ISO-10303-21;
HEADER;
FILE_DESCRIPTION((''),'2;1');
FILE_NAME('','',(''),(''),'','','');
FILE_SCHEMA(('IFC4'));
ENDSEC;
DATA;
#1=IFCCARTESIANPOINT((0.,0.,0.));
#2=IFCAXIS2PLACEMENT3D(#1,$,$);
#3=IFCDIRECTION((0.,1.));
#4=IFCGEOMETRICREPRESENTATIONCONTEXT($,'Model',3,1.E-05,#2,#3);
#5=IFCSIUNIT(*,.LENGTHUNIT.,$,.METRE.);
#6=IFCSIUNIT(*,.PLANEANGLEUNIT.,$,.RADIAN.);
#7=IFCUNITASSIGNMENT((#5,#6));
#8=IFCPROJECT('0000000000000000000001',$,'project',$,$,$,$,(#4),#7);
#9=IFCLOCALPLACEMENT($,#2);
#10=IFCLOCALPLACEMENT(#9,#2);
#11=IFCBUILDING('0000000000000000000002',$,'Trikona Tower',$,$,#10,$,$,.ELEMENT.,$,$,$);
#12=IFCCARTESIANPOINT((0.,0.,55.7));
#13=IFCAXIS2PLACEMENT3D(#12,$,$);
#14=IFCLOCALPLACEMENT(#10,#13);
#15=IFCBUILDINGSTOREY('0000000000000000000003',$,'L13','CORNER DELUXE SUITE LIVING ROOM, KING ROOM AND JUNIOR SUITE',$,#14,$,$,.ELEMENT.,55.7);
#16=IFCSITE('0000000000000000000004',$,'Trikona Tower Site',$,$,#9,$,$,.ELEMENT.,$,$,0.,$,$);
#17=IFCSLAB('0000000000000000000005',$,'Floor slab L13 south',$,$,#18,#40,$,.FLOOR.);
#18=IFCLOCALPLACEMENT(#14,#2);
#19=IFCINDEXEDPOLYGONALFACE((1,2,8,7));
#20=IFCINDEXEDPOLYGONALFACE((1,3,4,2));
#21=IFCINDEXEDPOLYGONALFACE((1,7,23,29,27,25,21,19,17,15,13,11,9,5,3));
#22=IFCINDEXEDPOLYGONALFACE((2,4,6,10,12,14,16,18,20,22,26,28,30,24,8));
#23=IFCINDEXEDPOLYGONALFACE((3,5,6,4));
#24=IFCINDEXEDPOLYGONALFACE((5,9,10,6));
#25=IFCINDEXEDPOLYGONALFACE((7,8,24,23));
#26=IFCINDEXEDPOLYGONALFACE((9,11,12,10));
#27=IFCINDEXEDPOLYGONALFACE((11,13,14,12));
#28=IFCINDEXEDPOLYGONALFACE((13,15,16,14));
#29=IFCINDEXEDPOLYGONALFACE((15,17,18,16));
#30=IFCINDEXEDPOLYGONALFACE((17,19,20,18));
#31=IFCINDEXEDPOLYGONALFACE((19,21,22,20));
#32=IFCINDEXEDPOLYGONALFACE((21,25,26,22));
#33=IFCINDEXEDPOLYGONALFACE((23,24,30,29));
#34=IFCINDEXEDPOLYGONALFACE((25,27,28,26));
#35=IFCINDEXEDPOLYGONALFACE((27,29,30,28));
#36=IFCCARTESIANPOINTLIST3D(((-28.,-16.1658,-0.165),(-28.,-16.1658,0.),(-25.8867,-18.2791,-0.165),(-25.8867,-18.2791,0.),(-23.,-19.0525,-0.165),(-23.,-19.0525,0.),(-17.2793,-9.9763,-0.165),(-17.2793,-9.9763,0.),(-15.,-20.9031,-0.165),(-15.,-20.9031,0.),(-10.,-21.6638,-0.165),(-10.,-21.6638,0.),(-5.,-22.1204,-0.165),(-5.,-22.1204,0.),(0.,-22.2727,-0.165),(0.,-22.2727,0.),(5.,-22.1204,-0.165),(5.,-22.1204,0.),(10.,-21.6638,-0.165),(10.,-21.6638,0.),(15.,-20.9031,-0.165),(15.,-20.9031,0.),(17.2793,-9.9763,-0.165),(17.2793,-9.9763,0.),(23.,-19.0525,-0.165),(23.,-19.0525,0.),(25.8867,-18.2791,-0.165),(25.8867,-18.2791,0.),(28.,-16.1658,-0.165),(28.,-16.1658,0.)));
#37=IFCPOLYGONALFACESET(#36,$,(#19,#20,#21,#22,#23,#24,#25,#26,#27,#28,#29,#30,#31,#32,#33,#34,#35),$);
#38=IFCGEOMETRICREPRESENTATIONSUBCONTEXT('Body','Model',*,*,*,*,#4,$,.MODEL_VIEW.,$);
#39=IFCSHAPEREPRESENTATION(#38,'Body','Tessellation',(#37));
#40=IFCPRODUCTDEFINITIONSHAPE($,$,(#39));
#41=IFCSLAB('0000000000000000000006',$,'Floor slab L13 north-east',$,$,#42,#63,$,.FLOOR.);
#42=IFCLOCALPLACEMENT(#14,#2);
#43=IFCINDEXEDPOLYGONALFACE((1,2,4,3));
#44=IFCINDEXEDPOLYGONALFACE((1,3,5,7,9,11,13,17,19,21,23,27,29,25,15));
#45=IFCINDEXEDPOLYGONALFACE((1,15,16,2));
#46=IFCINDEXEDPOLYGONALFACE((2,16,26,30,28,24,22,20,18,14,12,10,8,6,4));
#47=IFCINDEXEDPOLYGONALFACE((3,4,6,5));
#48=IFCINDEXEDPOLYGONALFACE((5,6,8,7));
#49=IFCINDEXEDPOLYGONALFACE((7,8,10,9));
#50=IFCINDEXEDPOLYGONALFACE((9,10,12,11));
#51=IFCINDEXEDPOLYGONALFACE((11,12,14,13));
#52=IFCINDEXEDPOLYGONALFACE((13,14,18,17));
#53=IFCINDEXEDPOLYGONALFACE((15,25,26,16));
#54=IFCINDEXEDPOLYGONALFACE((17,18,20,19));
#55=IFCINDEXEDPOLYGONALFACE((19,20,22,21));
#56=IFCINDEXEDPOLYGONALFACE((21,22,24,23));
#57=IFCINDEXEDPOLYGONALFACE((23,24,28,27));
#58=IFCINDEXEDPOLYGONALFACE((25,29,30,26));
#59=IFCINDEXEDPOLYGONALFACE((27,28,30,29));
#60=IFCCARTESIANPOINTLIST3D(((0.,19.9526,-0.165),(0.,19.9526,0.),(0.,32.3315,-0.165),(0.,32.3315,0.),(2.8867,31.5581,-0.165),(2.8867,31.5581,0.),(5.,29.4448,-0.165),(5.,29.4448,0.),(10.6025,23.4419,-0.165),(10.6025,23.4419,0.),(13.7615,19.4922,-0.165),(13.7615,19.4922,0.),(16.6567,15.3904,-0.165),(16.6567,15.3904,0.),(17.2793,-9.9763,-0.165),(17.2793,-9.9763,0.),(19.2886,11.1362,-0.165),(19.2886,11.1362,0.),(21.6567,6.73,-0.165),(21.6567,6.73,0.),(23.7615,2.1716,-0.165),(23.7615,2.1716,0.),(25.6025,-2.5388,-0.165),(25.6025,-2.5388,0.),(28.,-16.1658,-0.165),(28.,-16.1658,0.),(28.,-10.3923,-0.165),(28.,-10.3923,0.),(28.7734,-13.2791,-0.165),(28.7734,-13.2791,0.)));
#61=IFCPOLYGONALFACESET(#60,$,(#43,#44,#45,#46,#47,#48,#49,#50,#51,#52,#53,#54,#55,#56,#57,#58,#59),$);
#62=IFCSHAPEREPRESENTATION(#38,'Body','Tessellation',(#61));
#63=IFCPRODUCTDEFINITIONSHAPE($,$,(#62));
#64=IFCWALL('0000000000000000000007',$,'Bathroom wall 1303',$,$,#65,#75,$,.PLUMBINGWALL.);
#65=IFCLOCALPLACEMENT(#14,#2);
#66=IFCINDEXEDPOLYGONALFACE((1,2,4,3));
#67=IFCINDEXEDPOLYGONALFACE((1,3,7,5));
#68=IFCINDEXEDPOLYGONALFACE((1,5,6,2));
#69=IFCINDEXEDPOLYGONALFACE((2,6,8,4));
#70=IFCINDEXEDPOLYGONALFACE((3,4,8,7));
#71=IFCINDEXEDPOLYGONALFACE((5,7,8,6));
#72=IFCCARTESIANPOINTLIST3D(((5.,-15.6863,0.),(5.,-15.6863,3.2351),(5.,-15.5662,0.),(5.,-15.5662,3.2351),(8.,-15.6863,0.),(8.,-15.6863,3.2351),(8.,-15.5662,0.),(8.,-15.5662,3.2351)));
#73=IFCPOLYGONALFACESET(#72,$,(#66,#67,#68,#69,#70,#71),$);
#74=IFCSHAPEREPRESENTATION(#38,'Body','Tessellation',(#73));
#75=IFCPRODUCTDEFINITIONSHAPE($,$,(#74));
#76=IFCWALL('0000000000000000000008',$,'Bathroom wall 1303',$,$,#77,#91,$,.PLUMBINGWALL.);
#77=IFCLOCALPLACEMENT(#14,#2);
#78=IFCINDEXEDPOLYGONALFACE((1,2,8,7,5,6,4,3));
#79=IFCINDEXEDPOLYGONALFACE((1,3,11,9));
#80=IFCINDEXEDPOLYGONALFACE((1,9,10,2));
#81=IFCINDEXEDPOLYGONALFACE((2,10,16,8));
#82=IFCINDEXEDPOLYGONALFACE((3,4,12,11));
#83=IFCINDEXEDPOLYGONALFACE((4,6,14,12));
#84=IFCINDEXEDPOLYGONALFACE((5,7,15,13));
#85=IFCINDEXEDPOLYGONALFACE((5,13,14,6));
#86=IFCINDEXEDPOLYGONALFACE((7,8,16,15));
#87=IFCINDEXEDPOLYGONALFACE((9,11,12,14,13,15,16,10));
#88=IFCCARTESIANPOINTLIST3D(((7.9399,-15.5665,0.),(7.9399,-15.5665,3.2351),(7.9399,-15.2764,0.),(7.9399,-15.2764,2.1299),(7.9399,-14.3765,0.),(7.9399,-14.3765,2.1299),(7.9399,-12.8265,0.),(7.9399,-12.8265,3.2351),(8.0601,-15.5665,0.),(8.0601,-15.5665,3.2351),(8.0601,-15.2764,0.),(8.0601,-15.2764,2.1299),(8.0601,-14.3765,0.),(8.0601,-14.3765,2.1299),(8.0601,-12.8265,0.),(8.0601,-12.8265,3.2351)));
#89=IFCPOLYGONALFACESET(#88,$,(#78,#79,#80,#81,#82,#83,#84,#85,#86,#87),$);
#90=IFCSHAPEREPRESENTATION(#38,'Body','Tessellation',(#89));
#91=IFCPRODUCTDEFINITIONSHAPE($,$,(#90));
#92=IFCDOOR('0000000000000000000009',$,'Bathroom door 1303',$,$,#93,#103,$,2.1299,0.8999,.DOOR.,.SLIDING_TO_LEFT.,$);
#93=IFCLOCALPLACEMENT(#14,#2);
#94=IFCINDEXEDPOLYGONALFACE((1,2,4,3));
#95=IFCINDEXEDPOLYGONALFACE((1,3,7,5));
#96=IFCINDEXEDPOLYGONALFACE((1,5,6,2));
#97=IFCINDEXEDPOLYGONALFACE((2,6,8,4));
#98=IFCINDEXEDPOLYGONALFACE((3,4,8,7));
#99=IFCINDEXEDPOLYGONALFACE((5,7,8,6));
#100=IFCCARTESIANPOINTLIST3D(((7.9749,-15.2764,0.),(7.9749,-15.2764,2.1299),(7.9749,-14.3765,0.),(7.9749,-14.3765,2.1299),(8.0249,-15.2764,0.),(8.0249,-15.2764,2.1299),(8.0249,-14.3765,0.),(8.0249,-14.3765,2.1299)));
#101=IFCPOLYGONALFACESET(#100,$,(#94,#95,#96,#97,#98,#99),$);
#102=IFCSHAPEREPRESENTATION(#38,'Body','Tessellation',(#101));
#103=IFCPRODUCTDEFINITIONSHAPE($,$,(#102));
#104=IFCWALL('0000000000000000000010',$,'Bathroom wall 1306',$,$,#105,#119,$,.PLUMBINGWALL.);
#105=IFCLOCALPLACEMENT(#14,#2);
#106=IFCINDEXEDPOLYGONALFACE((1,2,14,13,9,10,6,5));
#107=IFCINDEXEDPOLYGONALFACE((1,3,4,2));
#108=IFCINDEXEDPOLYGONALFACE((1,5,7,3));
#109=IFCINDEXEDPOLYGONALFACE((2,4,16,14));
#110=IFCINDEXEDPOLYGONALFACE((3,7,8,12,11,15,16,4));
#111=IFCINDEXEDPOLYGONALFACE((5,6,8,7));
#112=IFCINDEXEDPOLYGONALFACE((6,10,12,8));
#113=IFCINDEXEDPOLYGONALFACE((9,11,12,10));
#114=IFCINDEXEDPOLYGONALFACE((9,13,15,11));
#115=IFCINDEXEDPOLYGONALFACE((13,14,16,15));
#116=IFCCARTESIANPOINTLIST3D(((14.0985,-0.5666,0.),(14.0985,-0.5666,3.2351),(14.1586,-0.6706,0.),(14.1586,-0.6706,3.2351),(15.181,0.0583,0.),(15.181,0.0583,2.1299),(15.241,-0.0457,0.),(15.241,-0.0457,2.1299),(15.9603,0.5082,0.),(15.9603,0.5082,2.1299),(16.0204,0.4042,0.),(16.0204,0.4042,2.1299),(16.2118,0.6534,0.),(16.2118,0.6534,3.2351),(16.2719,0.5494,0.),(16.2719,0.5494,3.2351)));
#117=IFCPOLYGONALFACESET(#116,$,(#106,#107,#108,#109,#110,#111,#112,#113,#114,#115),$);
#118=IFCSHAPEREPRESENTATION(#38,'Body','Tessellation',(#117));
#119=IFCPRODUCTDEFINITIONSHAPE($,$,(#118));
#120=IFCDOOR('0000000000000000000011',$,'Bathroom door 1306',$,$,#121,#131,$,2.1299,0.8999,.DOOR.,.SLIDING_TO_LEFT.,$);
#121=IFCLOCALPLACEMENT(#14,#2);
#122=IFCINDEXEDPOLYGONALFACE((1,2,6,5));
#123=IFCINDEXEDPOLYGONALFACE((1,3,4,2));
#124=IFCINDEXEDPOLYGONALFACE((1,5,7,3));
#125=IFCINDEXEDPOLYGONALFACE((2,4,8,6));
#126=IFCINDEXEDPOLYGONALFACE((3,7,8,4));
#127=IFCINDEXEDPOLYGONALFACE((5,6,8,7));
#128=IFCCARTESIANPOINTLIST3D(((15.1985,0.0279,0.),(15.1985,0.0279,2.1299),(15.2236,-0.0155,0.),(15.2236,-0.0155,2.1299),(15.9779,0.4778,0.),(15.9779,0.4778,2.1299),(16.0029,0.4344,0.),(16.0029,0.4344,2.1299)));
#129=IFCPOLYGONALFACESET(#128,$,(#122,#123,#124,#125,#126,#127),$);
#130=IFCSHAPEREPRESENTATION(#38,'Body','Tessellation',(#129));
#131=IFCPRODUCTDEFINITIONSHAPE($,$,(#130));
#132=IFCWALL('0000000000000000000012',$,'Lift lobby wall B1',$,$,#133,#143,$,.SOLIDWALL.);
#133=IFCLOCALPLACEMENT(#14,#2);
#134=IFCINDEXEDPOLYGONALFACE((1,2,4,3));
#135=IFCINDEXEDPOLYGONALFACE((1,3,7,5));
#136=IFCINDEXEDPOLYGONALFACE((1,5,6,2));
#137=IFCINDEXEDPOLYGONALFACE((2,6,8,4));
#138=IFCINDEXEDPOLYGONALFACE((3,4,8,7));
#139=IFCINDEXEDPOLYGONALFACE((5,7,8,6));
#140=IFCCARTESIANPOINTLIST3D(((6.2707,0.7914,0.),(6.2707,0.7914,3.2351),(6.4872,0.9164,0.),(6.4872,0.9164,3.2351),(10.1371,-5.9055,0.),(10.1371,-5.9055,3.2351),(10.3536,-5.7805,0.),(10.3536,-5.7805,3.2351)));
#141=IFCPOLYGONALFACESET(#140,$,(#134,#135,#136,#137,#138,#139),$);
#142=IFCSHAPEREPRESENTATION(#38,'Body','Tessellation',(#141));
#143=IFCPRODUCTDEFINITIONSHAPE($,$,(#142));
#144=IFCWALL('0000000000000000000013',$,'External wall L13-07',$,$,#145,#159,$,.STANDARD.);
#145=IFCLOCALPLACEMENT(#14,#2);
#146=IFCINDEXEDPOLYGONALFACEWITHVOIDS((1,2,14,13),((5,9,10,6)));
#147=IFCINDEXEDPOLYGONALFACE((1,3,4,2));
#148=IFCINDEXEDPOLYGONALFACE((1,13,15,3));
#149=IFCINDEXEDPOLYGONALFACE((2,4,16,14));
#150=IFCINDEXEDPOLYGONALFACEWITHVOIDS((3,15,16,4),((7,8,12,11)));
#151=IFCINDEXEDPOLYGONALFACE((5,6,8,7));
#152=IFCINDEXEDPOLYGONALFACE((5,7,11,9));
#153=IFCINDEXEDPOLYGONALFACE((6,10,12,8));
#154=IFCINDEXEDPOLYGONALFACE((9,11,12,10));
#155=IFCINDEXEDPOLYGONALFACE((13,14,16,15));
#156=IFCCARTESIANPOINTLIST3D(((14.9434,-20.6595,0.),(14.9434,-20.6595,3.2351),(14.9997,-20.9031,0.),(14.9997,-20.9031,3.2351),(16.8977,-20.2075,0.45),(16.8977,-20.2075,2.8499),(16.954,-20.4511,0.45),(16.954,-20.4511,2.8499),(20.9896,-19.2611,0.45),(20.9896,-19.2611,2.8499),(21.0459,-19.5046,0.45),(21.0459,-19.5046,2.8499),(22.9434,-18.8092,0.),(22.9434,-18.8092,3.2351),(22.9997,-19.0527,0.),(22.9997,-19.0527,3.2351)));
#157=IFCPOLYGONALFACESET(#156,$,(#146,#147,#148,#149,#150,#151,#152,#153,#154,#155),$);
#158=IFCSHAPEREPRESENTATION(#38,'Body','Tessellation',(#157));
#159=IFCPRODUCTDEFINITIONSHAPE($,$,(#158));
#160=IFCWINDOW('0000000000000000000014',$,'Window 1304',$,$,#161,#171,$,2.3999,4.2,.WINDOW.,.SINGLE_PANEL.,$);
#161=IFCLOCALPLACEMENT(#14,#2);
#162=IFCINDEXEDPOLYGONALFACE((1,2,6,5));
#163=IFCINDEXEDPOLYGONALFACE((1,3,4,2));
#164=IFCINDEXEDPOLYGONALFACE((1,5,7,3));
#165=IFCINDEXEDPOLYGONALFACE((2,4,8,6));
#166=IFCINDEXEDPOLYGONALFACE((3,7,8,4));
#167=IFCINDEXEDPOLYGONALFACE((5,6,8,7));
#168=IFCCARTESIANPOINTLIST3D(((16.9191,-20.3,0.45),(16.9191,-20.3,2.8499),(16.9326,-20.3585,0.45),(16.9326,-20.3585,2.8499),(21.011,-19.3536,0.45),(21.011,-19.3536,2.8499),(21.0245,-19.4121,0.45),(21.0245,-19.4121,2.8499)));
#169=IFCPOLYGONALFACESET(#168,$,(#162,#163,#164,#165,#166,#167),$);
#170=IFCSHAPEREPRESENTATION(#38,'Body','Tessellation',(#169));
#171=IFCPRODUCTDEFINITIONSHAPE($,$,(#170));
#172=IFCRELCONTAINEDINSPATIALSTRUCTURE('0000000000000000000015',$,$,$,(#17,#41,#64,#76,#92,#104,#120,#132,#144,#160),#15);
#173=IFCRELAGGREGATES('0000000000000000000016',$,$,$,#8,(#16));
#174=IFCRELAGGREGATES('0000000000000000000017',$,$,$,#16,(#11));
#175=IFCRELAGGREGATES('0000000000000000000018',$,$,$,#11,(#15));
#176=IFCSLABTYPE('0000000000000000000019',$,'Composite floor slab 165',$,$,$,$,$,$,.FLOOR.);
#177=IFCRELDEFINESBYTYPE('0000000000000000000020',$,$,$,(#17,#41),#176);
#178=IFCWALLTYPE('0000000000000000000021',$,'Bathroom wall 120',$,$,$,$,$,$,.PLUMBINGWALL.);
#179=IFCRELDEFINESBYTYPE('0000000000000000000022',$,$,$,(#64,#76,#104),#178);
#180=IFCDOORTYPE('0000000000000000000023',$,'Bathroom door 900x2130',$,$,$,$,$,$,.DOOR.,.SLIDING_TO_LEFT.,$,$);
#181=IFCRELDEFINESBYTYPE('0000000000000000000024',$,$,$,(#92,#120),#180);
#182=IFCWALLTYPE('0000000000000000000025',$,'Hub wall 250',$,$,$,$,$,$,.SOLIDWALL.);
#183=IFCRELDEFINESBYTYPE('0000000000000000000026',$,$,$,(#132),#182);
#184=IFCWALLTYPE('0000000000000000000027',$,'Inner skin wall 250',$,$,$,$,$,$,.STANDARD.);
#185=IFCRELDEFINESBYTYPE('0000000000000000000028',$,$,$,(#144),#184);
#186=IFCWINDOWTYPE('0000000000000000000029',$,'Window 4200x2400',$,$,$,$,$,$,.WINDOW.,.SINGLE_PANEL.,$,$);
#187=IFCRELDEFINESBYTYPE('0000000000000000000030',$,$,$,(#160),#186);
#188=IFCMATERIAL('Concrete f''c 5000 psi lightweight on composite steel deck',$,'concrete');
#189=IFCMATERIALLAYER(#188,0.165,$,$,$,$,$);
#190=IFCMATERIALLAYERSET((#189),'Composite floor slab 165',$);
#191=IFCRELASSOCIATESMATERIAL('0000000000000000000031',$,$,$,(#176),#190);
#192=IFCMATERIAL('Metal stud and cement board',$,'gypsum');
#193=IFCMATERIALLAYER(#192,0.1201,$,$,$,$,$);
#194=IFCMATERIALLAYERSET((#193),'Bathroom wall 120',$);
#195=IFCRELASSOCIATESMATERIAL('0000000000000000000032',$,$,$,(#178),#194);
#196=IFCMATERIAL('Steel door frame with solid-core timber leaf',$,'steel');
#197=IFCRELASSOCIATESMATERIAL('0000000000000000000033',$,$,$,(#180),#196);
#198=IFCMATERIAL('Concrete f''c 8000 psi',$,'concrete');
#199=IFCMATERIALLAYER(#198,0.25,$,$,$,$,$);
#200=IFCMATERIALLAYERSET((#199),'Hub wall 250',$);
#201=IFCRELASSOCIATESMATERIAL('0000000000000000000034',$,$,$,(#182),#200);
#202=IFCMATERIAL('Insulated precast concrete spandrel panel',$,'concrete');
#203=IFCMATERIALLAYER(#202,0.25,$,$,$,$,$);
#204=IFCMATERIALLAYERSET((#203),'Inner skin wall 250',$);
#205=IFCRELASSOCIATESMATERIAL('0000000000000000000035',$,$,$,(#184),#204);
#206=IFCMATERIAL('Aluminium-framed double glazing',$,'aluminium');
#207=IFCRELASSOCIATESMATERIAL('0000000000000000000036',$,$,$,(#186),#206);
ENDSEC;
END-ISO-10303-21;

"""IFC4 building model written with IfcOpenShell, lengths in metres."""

from ifc_helpers import new_model, si_unit, direction, frame, frame_2d, origin, place, context, subcontext, project, spatial, polyline, rectangle, outline, extrude, material, layer, layer_set, type_object, element, fill, save


model = new_model("IFC4")

# Units and contexts
model_context = context("Model", 3, precision=1e-05, world=origin(), true_north=direction((0.0, 1.0)))
body_context = subcontext(model_context, "Body", "Model", "MODEL_VIEW")
ifc_project = project(units=[si_unit("LENGTHUNIT", "METRE"), si_unit("PLANEANGLEUNIT", "RADIAN")], contexts=[model_context])

# Site, building, storey
site_placement = place(None, origin())
site = spatial("IfcSite", under=ifc_project, at=site_placement, Name="Trikona Tower Site", CompositionType="ELEMENT", RefElevation=0.0)
building_placement = place(site_placement, origin())
building = spatial("IfcBuilding", under=site, at=building_placement, Name="Trikona Tower", CompositionType="ELEMENT")
storey_placement = place(building_placement, frame((0.0, 0.0, 55.7)))
storey = spatial("IfcBuildingStorey", under=building, at=storey_placement, Name="L13", Description="CORNER DELUXE SUITE LIVING ROOM, KING ROOM AND JUNIOR SUITE", CompositionType="ELEMENT", Elevation=55.7)

# Slabs
ifc_material_1 = material(Name="Concrete f'c 5000 psi lightweight on composite steel deck", Category="concrete")
ifc_layer_1 = layer(ifc_material_1, 0.165)
ifc_layer_set_1 = layer_set([ifc_layer_1], Name="Composite floor slab 165")
slab_type = type_object("IfcSlabType", Name="Composite floor slab 165", PredefinedType="FLOOR", material=ifc_layer_set_1)
slab_1_placement = place(storey_placement, frame((0.0, 0.0, -0.165)))
element("IfcSlab", 1, at=slab_1_placement, inside=storey, type_object=slab_type, Name="Floor slab L13 south", PredefinedType="FLOOR", context=body_context, shape_type="SweptSolid", body=[
    extrude(outline(polyline([(25.8867, -18.2791), (28.0, -16.1658), (17.2793, -9.9763), (-17.2793, -9.9763), (-28.0, -16.1658), (-25.8867, -18.2791), (-23.0, -19.0525), (-15.0, -20.9031), (-10.0, -21.6638), (-5.0, -22.1204), (0.0, -22.2727), (5.0, -22.1204), (10.0, -21.6638), (15.0, -20.9031), (23.0, -19.0525), (25.8867, -18.2791)])), origin(), (0.0, 0.0, 1.0), 0.165),
])
slab_2_placement = place(storey_placement, frame((0.0, 0.0, -0.165)))
element("IfcSlab", 2, at=slab_2_placement, inside=storey, type_object=slab_type, Name="Floor slab L13 north-east", PredefinedType="FLOOR", context=body_context, shape_type="SweptSolid", body=[
    extrude(outline(polyline([(2.8867, 31.5581), (0.0, 32.3315), (0.0, 19.9526), (17.2793, -9.9763), (28.0, -16.1658), (28.7734, -13.2791), (28.0, -10.3923), (25.6025, -2.5388), (23.7615, 2.1716), (21.6567, 6.73), (19.2886, 11.1362), (16.6567, 15.3904), (13.7615, 19.4922), (10.6025, 23.4419), (5.0, 29.4448), (2.8867, 31.5581)])), origin(), (0.0, 0.0, 1.0), 0.165),
])

# Wall
ifc_material_2 = material(Name="Metal stud and cement board", Category="gypsum")
ifc_layer_2 = layer(ifc_material_2, 0.1201)
ifc_layer_set_2 = layer_set([ifc_layer_2], Name="Bathroom wall 120")
wall_type_1 = type_object("IfcWallType", Name="Bathroom wall 120", PredefinedType="PLUMBINGWALL", material=ifc_layer_set_2)
wall_1_placement = place(storey_placement, frame((5.0, -15.6262, 0.0), z_axis=(0.0, 0.0, 1.0), x_axis=(1.0, 0.0, 0.0)))
element("IfcWall", 3, at=wall_1_placement, inside=storey, type_object=wall_type_1, Name="Bathroom wall 1303", PredefinedType="PLUMBINGWALL", context=body_context, shape_type="SweptSolid", body=[
    extrude(rectangle(XDim=3.0, YDim=0.1201, at=frame_2d((1.5, 0.0))), origin(), (0.0, 0.0, 1.0), 3.2351),
])

# Walls, openings, doors
wall_2_placement = place(storey_placement, frame((8.0, -12.8264, 0.0), z_axis=(0.0, 0.0, 1.0), x_axis=(0.0, -1.0, 0.0)))
wall_2 = element("IfcWall", 4, at=wall_2_placement, inside=storey, type_object=wall_type_1, Name="Bathroom wall 1303", PredefinedType="PLUMBINGWALL", context=body_context, shape_type="SweptSolid", body=[
    extrude(rectangle(XDim=2.74, YDim=0.1201, at=frame_2d((1.3701, 0.0))), origin(), (0.0, 0.0, 1.0), 3.2351),
])
opening_1_placement = place(wall_2_placement, frame((1.55, 0.0, 0.0)))
opening_1 = element("IfcOpeningElement", 5, at=opening_1_placement, cuts=wall_2, PredefinedType="OPENING", context=body_context, shape_type="SweptSolid", body=[
    extrude(rectangle(XDim=0.8999, YDim=2.1299, at=frame_2d((0.45, 1.0649))), frame((0.0, 0.0701, 0.0), z_axis=(0.0, -1.0, 0.0), x_axis=(1.0, 0.0, 0.0)), (0.0, 0.0, 1.0), 0.1401),
])
ifc_material_3 = material(Name="Steel door frame with solid-core timber leaf", Category="steel")
door_type_1 = type_object("IfcDoorType", Name="Bathroom door 900x2130", OperationType="SLIDING_TO_LEFT", PredefinedType="DOOR", material=ifc_material_3)
door_1_placement = place(opening_1_placement, origin())
door_1 = element("IfcDoor", 6, at=door_1_placement, inside=storey, type_object=door_type_1, Name="Bathroom door 1303", OperationType="SLIDING_TO_LEFT", OverallHeight=2.1299, OverallWidth=0.8999, PredefinedType="DOOR", context=body_context, shape_type="SweptSolid", body=[
    extrude(rectangle(XDim=0.8999, YDim=2.1299, at=frame_2d((0.45, 1.0649))), frame((0.0, 0.0249, 0.0), z_axis=(0.0, -1.0, 0.0), x_axis=(1.0, 0.0, 0.0)), (0.0, 0.0, 1.0), 0.05),
])
fill(opening_1, door_1)
wall_3_placement = place(storey_placement, frame((14.1284, -0.6187, 0.0), z_axis=(0.0, 0.0, 1.0), x_axis=(0.866049, 0.499959, 0.0)))
wall_3 = element("IfcWall", 7, at=wall_3_placement, inside=storey, type_object=wall_type_1, Name="Bathroom wall 1306", PredefinedType="PLUMBINGWALL", context=body_context, shape_type="SweptSolid", body=[
    extrude(rectangle(XDim=2.4402, YDim=0.1201, at=frame_2d((1.2202, 0.0))), origin(), (0.0, 0.0, 1.0), 3.2351),
])
opening_2_placement = place(wall_3_placement, frame((1.25, 0.0, 0.0)))
opening_2 = element("IfcOpeningElement", 8, at=opening_2_placement, cuts=wall_3, PredefinedType="OPENING", context=body_context, shape_type="SweptSolid", body=[
    extrude(rectangle(XDim=0.8999, YDim=2.1299, at=frame_2d((0.45, 1.0649))), frame((0.0, 0.0701, 0.0), z_axis=(0.0, -1.0, 0.0), x_axis=(1.0, 0.0, 0.0)), (0.0, 0.0, 1.0), 0.1401),
])
door_2_placement = place(opening_2_placement, origin())
door_2 = element("IfcDoor", 9, at=door_2_placement, inside=storey, type_object=door_type_1, Name="Bathroom door 1306", OperationType="SLIDING_TO_LEFT", OverallHeight=2.1299, OverallWidth=0.8999, PredefinedType="DOOR", context=body_context, shape_type="SweptSolid", body=[
    extrude(rectangle(XDim=0.8999, YDim=2.1299, at=frame_2d((0.45, 1.0649))), frame((0.0, 0.0249, 0.0), z_axis=(0.0, -1.0, 0.0), x_axis=(1.0, 0.0, 0.0)), (0.0, 0.0, 1.0), 0.05),
])
fill(opening_2, door_2)

# Wall
ifc_material_4 = material(Name="Concrete f'c 8000 psi", Category="concrete")
ifc_layer_3 = layer(ifc_material_4, 0.25)
ifc_layer_set_3 = layer_set([ifc_layer_3], Name="Hub wall 250")
wall_type_2 = type_object("IfcWallType", Name="Hub wall 250", PredefinedType="SOLIDWALL", material=ifc_layer_set_3)
wall_4_placement = place(storey_placement, frame((10.2454, -5.843, 0.0), z_axis=(0.0, 0.0, 1.0), x_axis=(-0.499993, 0.866029, 0.0)))
element("IfcWall", 10, at=wall_4_placement, inside=storey, type_object=wall_type_2, Name="Lift lobby wall B1", PredefinedType="SOLIDWALL", context=body_context, shape_type="SweptSolid", body=[
    extrude(rectangle(XDim=7.7329, YDim=0.25, at=frame_2d((3.8665, 0.0))), origin(), (0.0, 0.0, 1.0), 3.2351),
])

# Wall, opening, window
ifc_material_5 = material(Name="Insulated precast concrete spandrel panel", Category="concrete")
ifc_layer_4 = layer(ifc_material_5, 0.25)
ifc_layer_set_4 = layer_set([ifc_layer_4], Name="Inner skin wall 250")
wall_type_3 = type_object("IfcWallType", Name="Inner skin wall 250", PredefinedType="STANDARD", material=ifc_layer_set_4)
wall_5_placement = place(storey_placement, frame((14.9717, -20.7812, 0.0), z_axis=(0.0, 0.0, 1.0), x_axis=(0.974279, 0.225344, 0.0)))
wall_5 = element("IfcWall", 11, at=wall_5_placement, inside=storey, type_object=wall_type_3, Name="External wall L13-07", PredefinedType="STANDARD", context=body_context, shape_type="SweptSolid", body=[
    extrude(rectangle(XDim=8.2112, YDim=0.25, at=frame_2d((4.1055, 0.0))), origin(), (0.0, 0.0, 1.0), 3.2351),
])
opening_3_placement = place(wall_5_placement, frame((2.0056, 0.0, 0.45)))
opening_3 = element("IfcOpeningElement", 12, at=opening_3_placement, cuts=wall_5, PredefinedType="OPENING", context=body_context, shape_type="SweptSolid", body=[
    extrude(rectangle(XDim=4.2, YDim=2.3999, at=frame_2d((2.1001, 1.2))), frame((0.0, 0.135, 0.0), z_axis=(0.0, -1.0, 0.0), x_axis=(1.0, 0.0, 0.0)), (0.0, 0.0, 1.0), 0.27),
])
ifc_material_6 = material(Name="Aluminium-framed double glazing", Category="aluminium")
window_type = type_object("IfcWindowType", Name="Window 4200x2400", PartitioningType="SINGLE_PANEL", PredefinedType="WINDOW", material=ifc_material_6)
window_placement = place(opening_3_placement, origin())
window = element("IfcWindow", 13, at=window_placement, inside=storey, type_object=window_type, Name="Window 1304", OverallHeight=2.3999, OverallWidth=4.2, PartitioningType="SINGLE_PANEL", PredefinedType="WINDOW", context=body_context, shape_type="SweptSolid", body=[
    extrude(rectangle(XDim=4.2, YDim=2.3999, at=frame_2d((2.1001, 1.2))), frame((0.0, 0.03, 0.0), z_axis=(0.0, -1.0, 0.0), x_axis=(1.0, 0.0, 0.0)), (0.0, 0.0, 1.0), 0.0601),
])
fill(opening_3, window)

save(model, "model.ifc")
